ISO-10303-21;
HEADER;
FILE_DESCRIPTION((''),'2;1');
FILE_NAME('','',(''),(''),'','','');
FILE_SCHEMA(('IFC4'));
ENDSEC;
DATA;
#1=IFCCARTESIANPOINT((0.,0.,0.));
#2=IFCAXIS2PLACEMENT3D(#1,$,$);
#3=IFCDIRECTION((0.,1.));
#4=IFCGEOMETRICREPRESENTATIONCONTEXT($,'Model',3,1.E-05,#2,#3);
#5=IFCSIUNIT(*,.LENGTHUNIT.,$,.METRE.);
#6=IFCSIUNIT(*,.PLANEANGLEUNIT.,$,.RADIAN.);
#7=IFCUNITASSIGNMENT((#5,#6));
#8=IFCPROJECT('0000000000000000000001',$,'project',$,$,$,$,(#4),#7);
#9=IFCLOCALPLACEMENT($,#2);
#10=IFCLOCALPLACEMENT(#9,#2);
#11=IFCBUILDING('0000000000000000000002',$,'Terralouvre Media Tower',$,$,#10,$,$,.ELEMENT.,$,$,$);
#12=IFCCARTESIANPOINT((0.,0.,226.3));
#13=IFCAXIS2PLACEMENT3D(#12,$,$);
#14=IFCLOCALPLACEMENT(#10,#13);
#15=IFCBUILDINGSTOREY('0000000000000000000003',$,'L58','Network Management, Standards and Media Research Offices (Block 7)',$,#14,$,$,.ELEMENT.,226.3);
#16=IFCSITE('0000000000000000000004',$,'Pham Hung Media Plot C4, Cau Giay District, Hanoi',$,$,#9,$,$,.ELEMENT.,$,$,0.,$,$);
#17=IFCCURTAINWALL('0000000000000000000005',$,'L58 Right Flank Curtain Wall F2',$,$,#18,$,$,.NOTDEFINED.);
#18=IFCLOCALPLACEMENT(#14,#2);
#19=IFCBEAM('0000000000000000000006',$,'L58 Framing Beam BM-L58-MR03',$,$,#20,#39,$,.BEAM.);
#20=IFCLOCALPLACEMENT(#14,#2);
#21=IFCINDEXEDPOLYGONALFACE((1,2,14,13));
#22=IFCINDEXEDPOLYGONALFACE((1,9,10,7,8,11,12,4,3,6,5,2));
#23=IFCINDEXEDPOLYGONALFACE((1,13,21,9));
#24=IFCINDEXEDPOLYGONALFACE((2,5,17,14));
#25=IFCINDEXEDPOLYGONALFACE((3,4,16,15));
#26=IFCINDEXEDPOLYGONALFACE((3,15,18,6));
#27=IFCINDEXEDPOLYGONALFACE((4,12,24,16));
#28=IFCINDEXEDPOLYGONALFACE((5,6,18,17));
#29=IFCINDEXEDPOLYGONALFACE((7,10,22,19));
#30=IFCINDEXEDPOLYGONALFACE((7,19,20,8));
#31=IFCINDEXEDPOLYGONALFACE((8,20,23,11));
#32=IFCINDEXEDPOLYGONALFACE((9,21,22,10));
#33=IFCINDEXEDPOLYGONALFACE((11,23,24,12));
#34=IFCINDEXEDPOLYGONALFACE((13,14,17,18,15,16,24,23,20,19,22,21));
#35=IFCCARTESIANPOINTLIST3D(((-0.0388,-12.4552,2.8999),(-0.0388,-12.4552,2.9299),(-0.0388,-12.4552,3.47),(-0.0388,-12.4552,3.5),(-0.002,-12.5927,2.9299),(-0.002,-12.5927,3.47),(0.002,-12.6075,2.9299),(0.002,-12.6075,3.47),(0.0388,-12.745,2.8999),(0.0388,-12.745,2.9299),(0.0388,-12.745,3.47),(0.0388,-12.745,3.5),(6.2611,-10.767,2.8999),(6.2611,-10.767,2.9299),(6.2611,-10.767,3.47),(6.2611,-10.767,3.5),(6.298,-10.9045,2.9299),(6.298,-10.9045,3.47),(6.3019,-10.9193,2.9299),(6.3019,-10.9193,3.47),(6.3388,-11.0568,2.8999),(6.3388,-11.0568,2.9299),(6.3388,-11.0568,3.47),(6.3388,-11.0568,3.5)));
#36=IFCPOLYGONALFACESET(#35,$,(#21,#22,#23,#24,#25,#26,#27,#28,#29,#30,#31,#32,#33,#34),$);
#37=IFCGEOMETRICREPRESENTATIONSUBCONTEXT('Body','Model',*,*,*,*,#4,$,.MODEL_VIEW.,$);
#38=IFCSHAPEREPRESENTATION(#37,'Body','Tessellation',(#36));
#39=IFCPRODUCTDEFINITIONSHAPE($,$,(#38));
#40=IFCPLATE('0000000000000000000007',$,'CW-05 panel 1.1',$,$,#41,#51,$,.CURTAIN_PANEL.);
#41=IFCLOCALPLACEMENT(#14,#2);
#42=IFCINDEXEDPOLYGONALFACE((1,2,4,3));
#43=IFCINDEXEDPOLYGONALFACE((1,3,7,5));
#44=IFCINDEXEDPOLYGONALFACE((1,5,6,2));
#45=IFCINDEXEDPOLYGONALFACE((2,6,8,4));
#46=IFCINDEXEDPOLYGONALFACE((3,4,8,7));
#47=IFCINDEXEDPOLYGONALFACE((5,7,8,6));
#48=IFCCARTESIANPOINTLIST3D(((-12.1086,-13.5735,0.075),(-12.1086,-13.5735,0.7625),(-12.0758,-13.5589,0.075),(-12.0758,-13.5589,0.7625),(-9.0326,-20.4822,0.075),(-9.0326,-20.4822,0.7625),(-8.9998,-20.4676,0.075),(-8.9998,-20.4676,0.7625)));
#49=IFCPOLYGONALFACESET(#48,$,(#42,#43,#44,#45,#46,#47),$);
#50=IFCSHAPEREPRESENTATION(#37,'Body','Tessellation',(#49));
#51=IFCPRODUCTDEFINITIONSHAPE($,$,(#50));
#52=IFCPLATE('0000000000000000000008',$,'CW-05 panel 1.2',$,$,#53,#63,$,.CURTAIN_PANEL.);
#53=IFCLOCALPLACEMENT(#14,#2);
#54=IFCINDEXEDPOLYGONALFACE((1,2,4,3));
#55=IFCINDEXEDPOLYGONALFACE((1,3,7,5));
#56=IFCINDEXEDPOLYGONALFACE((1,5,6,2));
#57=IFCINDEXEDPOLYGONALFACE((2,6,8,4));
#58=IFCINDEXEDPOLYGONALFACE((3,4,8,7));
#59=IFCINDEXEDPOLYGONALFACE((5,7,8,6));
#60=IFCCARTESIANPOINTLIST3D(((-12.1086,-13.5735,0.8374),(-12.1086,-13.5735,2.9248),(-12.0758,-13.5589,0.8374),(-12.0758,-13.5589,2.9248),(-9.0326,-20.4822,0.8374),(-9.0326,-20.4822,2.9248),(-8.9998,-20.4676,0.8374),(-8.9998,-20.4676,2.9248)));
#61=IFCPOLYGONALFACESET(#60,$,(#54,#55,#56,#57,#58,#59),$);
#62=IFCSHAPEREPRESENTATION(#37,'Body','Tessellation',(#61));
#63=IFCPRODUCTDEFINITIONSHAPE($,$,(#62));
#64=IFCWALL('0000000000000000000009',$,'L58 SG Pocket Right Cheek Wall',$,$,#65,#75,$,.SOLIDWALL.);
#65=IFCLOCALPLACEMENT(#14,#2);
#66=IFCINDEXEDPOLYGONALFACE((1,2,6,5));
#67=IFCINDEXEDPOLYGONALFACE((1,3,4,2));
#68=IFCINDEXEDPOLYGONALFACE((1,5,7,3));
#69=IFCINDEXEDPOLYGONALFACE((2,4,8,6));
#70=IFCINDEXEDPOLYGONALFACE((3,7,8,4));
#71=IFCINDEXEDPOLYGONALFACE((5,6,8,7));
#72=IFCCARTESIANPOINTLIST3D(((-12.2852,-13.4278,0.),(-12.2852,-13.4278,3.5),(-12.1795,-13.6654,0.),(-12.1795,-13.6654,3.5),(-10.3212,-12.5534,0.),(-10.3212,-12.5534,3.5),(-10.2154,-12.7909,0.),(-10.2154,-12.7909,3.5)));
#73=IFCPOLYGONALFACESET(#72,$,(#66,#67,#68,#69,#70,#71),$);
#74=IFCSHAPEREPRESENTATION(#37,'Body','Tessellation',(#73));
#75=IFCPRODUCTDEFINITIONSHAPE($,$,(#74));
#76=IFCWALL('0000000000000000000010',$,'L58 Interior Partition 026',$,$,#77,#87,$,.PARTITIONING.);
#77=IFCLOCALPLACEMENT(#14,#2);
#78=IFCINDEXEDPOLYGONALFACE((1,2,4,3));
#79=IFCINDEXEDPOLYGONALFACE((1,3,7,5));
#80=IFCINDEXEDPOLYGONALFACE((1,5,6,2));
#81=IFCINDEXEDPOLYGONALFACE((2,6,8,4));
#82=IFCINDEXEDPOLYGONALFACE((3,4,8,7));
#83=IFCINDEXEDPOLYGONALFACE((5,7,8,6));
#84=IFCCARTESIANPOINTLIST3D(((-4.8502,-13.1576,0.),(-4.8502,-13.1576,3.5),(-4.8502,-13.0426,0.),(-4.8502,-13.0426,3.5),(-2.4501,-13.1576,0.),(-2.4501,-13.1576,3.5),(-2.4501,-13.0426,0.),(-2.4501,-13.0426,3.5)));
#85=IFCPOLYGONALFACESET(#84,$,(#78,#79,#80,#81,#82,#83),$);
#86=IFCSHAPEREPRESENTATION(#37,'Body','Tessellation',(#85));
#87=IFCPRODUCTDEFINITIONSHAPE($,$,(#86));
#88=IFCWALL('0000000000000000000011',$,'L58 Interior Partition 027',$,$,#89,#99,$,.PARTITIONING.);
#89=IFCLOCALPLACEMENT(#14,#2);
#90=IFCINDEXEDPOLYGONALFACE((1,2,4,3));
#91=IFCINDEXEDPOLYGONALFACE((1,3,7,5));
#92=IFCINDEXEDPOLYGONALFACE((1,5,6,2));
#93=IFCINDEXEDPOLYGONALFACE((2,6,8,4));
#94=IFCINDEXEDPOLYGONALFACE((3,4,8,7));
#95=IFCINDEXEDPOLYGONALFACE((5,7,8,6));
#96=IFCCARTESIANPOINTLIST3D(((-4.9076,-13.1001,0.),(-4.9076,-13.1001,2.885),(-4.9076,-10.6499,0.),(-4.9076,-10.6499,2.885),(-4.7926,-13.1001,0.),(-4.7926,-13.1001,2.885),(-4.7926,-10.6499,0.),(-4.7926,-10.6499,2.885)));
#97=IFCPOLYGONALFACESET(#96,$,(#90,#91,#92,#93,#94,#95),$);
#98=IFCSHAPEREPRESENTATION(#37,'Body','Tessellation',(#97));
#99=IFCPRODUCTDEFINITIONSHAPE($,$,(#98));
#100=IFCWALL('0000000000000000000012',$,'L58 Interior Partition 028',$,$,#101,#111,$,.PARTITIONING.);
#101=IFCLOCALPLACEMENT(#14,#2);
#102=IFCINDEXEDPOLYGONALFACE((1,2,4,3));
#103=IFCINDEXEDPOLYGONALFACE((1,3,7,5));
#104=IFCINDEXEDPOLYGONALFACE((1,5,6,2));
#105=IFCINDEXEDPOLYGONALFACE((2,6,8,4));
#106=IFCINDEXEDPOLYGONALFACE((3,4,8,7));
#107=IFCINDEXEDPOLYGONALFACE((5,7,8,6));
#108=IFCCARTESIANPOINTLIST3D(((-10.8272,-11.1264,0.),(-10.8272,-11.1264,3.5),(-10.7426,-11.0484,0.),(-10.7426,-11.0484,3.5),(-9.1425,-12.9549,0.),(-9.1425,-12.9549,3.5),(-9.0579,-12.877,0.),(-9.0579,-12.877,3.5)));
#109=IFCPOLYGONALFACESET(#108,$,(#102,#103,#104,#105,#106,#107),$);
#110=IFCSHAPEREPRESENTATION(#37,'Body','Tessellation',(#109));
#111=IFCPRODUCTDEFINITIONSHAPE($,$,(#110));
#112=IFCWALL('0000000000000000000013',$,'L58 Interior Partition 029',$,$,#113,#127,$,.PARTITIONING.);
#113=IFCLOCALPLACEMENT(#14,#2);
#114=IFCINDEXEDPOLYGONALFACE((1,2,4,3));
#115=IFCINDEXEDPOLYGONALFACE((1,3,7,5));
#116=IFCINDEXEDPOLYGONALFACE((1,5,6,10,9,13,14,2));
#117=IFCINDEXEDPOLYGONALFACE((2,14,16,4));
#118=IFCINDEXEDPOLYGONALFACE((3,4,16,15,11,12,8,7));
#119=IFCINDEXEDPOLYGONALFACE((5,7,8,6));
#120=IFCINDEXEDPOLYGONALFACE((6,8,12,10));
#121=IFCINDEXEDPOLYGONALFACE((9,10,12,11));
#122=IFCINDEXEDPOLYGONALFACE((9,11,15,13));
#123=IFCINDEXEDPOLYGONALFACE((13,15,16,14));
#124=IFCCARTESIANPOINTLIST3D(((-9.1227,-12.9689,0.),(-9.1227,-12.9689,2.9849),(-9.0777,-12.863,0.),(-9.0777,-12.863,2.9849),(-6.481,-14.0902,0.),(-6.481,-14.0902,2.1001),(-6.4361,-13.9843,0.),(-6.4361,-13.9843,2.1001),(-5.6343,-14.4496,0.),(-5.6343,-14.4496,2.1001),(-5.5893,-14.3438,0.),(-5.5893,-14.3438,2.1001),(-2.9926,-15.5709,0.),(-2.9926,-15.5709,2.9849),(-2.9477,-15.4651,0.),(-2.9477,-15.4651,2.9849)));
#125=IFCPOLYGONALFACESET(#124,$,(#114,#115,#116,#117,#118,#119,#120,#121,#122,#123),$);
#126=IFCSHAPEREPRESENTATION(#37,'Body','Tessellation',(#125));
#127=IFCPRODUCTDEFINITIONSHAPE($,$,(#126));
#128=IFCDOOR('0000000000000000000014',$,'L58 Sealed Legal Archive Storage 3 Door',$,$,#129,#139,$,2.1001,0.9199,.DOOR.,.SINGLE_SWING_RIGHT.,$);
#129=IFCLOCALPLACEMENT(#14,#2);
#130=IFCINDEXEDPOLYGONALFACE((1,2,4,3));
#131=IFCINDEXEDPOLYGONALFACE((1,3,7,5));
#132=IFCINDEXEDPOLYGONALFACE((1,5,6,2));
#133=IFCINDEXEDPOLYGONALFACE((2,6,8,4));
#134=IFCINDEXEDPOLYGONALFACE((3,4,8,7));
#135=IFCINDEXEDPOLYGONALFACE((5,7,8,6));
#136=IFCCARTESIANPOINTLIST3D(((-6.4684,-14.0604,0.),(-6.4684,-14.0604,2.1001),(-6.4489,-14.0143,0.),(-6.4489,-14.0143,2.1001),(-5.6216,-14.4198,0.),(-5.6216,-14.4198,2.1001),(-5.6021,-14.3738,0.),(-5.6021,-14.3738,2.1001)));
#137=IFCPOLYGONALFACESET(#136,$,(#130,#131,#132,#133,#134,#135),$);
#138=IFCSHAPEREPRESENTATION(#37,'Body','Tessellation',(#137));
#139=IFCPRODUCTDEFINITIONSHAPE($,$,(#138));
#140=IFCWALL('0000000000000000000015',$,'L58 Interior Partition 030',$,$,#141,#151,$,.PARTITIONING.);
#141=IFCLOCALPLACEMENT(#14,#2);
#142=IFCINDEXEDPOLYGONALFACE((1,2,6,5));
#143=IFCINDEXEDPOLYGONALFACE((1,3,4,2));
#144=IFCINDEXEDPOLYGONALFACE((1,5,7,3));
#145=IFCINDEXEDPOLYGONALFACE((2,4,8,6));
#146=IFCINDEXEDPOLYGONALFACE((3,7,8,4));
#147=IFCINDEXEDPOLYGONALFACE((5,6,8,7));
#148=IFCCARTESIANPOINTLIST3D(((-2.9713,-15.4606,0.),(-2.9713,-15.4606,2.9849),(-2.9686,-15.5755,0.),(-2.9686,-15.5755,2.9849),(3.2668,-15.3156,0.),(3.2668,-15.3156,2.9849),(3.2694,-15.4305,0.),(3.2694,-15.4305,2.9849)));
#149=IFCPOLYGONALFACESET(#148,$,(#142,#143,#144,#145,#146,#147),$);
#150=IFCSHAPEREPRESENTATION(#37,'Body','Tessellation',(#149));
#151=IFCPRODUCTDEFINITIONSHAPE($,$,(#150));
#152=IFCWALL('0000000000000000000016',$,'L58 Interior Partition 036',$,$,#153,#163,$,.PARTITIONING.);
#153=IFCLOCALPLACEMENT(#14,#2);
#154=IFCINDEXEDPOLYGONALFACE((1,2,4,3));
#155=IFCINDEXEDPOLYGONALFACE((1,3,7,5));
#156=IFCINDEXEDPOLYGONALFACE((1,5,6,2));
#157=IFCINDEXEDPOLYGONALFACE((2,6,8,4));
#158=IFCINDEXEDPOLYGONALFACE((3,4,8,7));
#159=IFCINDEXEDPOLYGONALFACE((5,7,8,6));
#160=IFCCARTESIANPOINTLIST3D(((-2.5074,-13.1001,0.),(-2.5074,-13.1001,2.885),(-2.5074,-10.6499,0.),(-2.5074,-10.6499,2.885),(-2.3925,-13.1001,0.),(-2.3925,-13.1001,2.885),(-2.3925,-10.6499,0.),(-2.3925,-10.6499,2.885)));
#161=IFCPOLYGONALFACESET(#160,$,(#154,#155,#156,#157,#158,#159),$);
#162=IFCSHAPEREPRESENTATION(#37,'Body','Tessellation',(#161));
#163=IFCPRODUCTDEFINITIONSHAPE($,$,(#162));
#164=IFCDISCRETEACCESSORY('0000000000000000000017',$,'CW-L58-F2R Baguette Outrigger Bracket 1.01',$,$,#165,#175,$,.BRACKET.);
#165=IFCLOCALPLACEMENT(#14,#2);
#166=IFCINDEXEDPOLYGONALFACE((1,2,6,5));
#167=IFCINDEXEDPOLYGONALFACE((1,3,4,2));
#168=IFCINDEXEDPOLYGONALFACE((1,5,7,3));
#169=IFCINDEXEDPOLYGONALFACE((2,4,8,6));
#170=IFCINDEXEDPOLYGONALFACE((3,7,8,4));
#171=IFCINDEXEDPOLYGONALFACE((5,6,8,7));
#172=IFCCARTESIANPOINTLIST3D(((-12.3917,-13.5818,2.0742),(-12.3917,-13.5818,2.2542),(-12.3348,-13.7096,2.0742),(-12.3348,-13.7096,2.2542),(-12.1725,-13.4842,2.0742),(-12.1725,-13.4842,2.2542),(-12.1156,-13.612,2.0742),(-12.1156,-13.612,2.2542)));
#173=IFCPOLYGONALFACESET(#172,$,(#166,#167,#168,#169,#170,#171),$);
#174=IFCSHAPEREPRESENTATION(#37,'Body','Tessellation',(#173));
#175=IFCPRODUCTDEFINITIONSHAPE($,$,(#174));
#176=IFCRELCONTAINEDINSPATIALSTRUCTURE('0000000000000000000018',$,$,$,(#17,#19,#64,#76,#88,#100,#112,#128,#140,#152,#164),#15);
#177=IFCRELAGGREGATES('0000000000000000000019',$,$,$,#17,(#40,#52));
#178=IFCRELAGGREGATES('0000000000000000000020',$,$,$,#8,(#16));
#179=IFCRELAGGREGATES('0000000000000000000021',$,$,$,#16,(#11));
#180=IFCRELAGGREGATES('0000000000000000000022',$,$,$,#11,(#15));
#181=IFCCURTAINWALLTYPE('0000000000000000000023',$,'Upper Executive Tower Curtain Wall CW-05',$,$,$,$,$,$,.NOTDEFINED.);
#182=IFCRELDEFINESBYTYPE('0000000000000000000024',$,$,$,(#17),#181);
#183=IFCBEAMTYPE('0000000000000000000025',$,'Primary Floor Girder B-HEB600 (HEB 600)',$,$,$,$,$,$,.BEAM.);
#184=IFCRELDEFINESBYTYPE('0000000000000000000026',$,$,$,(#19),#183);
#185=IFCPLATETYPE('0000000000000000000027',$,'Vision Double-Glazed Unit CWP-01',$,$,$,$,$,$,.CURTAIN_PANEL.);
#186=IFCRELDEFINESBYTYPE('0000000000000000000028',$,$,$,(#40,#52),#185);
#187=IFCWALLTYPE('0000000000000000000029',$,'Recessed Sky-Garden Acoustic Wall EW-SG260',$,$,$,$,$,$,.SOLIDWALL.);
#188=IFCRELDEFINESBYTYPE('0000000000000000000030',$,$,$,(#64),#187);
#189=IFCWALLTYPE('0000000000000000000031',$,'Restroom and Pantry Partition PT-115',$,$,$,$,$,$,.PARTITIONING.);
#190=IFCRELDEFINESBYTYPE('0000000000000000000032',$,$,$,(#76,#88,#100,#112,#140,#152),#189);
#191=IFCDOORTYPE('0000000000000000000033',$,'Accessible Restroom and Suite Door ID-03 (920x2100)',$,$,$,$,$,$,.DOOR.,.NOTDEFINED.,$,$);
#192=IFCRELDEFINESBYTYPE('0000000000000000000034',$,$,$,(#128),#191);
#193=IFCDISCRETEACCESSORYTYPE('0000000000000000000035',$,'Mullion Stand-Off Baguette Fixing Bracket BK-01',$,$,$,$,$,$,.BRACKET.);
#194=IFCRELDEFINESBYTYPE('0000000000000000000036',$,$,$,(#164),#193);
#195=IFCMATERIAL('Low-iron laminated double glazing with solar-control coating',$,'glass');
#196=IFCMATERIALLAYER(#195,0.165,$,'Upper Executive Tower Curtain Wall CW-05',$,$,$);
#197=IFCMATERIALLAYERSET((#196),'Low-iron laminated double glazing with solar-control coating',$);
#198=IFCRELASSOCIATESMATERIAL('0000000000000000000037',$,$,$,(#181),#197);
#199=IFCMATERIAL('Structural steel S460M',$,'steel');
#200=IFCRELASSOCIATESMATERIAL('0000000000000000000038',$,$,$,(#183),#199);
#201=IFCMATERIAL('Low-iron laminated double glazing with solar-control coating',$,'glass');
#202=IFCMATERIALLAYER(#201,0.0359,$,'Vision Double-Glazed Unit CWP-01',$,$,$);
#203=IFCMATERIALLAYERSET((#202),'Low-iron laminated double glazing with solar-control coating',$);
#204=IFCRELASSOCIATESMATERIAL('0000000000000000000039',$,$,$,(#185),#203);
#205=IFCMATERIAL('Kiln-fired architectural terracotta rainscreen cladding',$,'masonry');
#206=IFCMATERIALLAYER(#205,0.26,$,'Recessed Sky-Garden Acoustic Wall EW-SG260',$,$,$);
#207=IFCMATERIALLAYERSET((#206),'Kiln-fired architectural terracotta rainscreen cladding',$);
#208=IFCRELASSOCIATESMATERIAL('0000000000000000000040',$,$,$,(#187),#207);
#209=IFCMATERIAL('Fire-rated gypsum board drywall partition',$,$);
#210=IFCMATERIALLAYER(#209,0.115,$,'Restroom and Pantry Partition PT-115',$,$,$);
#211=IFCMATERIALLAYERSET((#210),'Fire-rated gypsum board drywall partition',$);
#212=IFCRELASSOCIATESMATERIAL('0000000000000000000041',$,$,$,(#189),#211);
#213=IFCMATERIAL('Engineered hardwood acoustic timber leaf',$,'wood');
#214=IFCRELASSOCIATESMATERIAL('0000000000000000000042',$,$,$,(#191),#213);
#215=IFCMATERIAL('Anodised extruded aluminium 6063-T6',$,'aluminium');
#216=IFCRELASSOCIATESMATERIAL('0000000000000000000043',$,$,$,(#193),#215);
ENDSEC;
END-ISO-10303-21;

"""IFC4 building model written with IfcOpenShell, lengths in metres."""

from ifc_helpers import new_model, si_unit, direction, frame, frame_2d, origin, origin_2d, place, context, subcontext, project, spatial, rectangle, i_section, extrude, material, layer, layer_set, material_profile, profile_set, type_object, element, fill, aggregate, save


model = new_model("IFC4")

# Units and contexts
model_context = context("Model", 3, precision=1e-05, world=origin(), true_north=direction((0.0, 1.0)))
body_context = subcontext(model_context, "Body", "Model", "MODEL_VIEW")
ifc_project = project(units=[si_unit("LENGTHUNIT", "METRE"), si_unit("PLANEANGLEUNIT", "RADIAN")], contexts=[model_context])

# Site, building, storey
site_placement = place(None, origin())
site = spatial("IfcSite", under=ifc_project, at=site_placement, Name="Pham Hung Media Plot C4, Cau Giay District, Hanoi", CompositionType="ELEMENT", RefElevation=0.0)
building_placement = place(site_placement, origin())
building = spatial("IfcBuilding", under=site, at=building_placement, Name="Terralouvre Media Tower", CompositionType="ELEMENT")
storey_placement = place(building_placement, frame((0.0, 0.0, 226.3)))
storey = spatial("IfcBuildingStorey", under=building, at=storey_placement, Name="L58", Description="Network Management, Standards and Media Research Offices (Block 7)", CompositionType="ELEMENT", Elevation=226.3)

# Curtain wall
ifc_material_1 = material(Name="Low-iron laminated double glazing with solar-control coating", Category="glass")
ifc_layer_1 = layer(ifc_material_1, 0.165, Name="Upper Executive Tower Curtain Wall CW-05")
ifc_layer_set_1 = layer_set([ifc_layer_1], Name="Low-iron laminated double glazing with solar-control coating")
curtain_wall_type = type_object("IfcCurtainWallType", Name="Upper Executive Tower Curtain Wall CW-05", PredefinedType="NOTDEFINED", material=ifc_layer_set_1)
curtain_wall_placement = place(storey_placement, origin())
curtain_wall = element("IfcCurtainWall", 1, at=curtain_wall_placement, inside=storey, type_object=curtain_wall_type, Name="L58 Right Flank Curtain Wall F2", PredefinedType="NOTDEFINED")

# Beam
ifc_material_2 = material(Name="Structural steel S460M", Category="steel")
ifc_material_profile_1 = material_profile(ifc_material_2, i_section(OverallWidth=0.3, OverallDepth=0.6001, WebThickness=0.0154, FlangeThickness=0.03, at=origin_2d()), Name="HEB 600")
ifc_profile_set_1 = profile_set([ifc_material_profile_1], Name="Structural steel S460M")
beam_type_1 = type_object("IfcBeamType", Name="Primary Floor Girder B-HEB600 (HEB 600)", PredefinedType="BEAM", material=ifc_profile_set_1)
for number, where, z_axis, x_axis, name in (
    (2, (0.0, -12.6001, 3.2), (0.96592, 0.258839, 0.0), (-0.258839, 0.96592, 0.0), "L58 Framing Beam BM-L58-MR03"),
):
    element("IfcBeam", number, at=place(storey_placement, frame(where, z_axis=z_axis, x_axis=x_axis)), inside=storey, type_object=beam_type_1, Name=name, PredefinedType="BEAM", context=body_context, shape_type="SweptSolid", body=[
        extrude(i_section(OverallWidth=0.3, OverallDepth=0.6001, WebThickness=0.0154, FlangeThickness=0.03, at=origin_2d()), origin(), (0.0, 0.0, 1.0), 6.5222),
    ])

# Plates
ifc_material_3 = material(Name="Low-iron laminated double glazing with solar-control coating", Category="glass")
ifc_layer_2 = layer(ifc_material_3, 0.0359, Name="Vision Double-Glazed Unit CWP-01")
ifc_layer_set_2 = layer_set([ifc_layer_2], Name="Low-iron laminated double glazing with solar-control coating")
plate_type = type_object("IfcPlateType", Name="Vision Double-Glazed Unit CWP-01", PredefinedType="CURTAIN_PANEL", material=ifc_layer_set_2)
plate_1_placement = place(storey_placement, frame((-10.5542, -17.0205, 0.075), z_axis=(0.0, 0.0, 1.0), x_axis=(0.406736, -0.913546, 0.0)))
plate_1 = element("IfcPlate", 3, at=plate_1_placement, type_object=plate_type, Name="CW-05 panel 1.1", PredefinedType="CURTAIN_PANEL", context=body_context, shape_type="SweptSolid", body=[
    extrude(rectangle(XDim=7.5625, YDim=0.0359, at=origin_2d()), origin(), (0.0, 0.0, 1.0), 0.6875),
])
plate_2_placement = place(storey_placement, frame((-10.5542, -17.0205, 0.8374), z_axis=(0.0, 0.0, 1.0), x_axis=(0.406736, -0.913546, 0.0)))
plate_2 = element("IfcPlate", 4, at=plate_2_placement, type_object=plate_type, Name="CW-05 panel 1.2", PredefinedType="CURTAIN_PANEL", context=body_context, shape_type="SweptSolid", body=[
    extrude(rectangle(XDim=7.5625, YDim=0.0359, at=origin_2d()), origin(), (0.0, 0.0, 1.0), 2.0874),
])
aggregate(curtain_wall, [plate_1, plate_2])

# Walls
ifc_material_4 = material(Name="Kiln-fired architectural terracotta rainscreen cladding", Category="masonry")
ifc_layer_3 = layer(ifc_material_4, 0.26, Name="Recessed Sky-Garden Acoustic Wall EW-SG260")
ifc_layer_set_3 = layer_set([ifc_layer_3], Name="Kiln-fired architectural terracotta rainscreen cladding")
wall_type_1 = type_object("IfcWallType", Name="Recessed Sky-Garden Acoustic Wall EW-SG260", PredefinedType="SOLIDWALL", material=ifc_layer_set_3)
wall_1_placement = place(storey_placement, frame((-10.2683, -12.6721, 0.0), z_axis=(0.0, 0.0, 1.0), x_axis=(-0.91354, -0.406749, 0.0)))
element("IfcWall", 5, at=wall_1_placement, inside=storey, type_object=wall_type_1, Name="L58 SG Pocket Right Cheek Wall", PredefinedType="SOLIDWALL", context=body_context, shape_type="SweptSolid", body=[
    extrude(rectangle(XDim=2.1499, YDim=0.26, at=frame_2d((1.075, 0.0))), origin(), (0.0, 0.0, 1.0), 3.5),
])
ifc_material_5 = material(Name="Fire-rated gypsum board drywall partition")
ifc_layer_4 = layer(ifc_material_5, 0.115, Name="Restroom and Pantry Partition PT-115")
ifc_layer_set_4 = layer_set([ifc_layer_4], Name="Fire-rated gypsum board drywall partition")
wall_type_2 = type_object("IfcWallType", Name="Restroom and Pantry Partition PT-115", PredefinedType="PARTITIONING", material=ifc_layer_set_4)
wall_2_placement = place(storey_placement, frame((-2.45, -13.1001, 0.0), z_axis=(0.0, 0.0, 1.0), x_axis=(-1.0, 0.0, 0.0)))
element("IfcWall", 6, at=wall_2_placement, inside=storey, type_object=wall_type_2, Name="L58 Interior Partition 026", PredefinedType="PARTITIONING", context=body_context, shape_type="SweptSolid", body=[
    extrude(rectangle(XDim=2.4001, YDim=0.115, at=frame_2d((1.2002, 0.0))), origin(), (0.0, 0.0, 1.0), 3.5),
])
wall_3_placement = place(storey_placement, frame((-4.8501, -13.1001, 0.0), z_axis=(0.0, 0.0, 1.0), x_axis=(0.0, 1.0, 0.0)))
element("IfcWall", 7, at=wall_3_placement, inside=storey, type_object=wall_type_2, Name="L58 Interior Partition 027", PredefinedType="PARTITIONING", context=body_context, shape_type="SweptSolid", body=[
    extrude(rectangle(XDim=2.4502, YDim=0.115, at=frame_2d((1.2251, 0.0))), origin(), (0.0, 0.0, 1.0), 2.885),
])
wall_4_placement = place(storey_placement, frame((-10.7849, -11.0874, 0.0), z_axis=(0.0, 0.0, 1.0), x_axis=(0.677599, -0.735432, 0.0)))
element("IfcWall", 8, at=wall_4_placement, inside=storey, type_object=wall_type_2, Name="L58 Interior Partition 028", PredefinedType="PARTITIONING", context=body_context, shape_type="SweptSolid", body=[
    extrude(rectangle(XDim=2.4863, YDim=0.115, at=frame_2d((1.2432, 0.0))), origin(), (0.0, 0.0, 1.0), 3.5),
])

# Wall, opening, door
wall_5_placement = place(storey_placement, frame((-9.1001, -12.916, 0.0), z_axis=(0.0, 0.0, 1.0), x_axis=(0.920507, -0.390727, 0.0)))
wall_5 = element("IfcWall", 9, at=wall_5_placement, inside=storey, type_object=wall_type_2, Name="L58 Interior Partition 029", PredefinedType="PARTITIONING", context=body_context, shape_type="SweptSolid", body=[
    extrude(rectangle(XDim=6.6594, YDim=0.115, at=frame_2d((3.3296, 0.0))), origin(), (0.0, 0.0, 1.0), 2.9849),
])
opening_placement = place(wall_5_placement, frame((2.8696, 0.0, 0.0)))
opening = element("IfcOpeningElement", 10, at=opening_placement, cuts=wall_5, PredefinedType="OPENING", context=body_context, shape_type="SweptSolid", body=[
    extrude(rectangle(XDim=0.9199, YDim=2.1001, at=frame_2d((0.46, 1.05))), frame((0.0, 0.0674, 0.0), z_axis=(0.0, -1.0, 0.0), x_axis=(1.0, 0.0, 0.0)), (0.0, 0.0, 1.0), 0.135),
])
ifc_material_6 = material(Name="Engineered hardwood acoustic timber leaf", Category="wood")
door_type = type_object("IfcDoorType", Name="Accessible Restroom and Suite Door ID-03 (920x2100)", OperationType="NOTDEFINED", PredefinedType="DOOR", material=ifc_material_6)
door_placement = place(opening_placement, origin())
door = element("IfcDoor", 11, at=door_placement, inside=storey, type_object=door_type, Name="L58 Sealed Legal Archive Storage 3 Door", OperationType="SINGLE_SWING_RIGHT", OverallHeight=2.1001, OverallWidth=0.9199, PredefinedType="DOOR", context=body_context, shape_type="SweptSolid", body=[
    extrude(rectangle(XDim=0.9199, YDim=2.1001, at=frame_2d((0.46, 1.05))), frame((0.0, 0.0249, 0.0), z_axis=(0.0, -1.0, 0.0), x_axis=(1.0, 0.0, 0.0)), (0.0, 0.0, 1.0), 0.05),
])
fill(opening, door)

# Walls
wall_6_placement = place(storey_placement, frame((-2.97, -15.5181, 0.0), z_axis=(0.0, 0.0, 1.0), x_axis=(0.99973, 0.023241, 0.0)))
element("IfcWall", 12, at=wall_6_placement, inside=storey, type_object=wall_type_2, Name="L58 Interior Partition 030", PredefinedType="PARTITIONING", context=body_context, shape_type="SweptSolid", body=[
    extrude(rectangle(XDim=6.2397, YDim=0.115, at=frame_2d((3.1199, 0.0))), origin(), (0.0, 0.0, 1.0), 2.9849),
])
wall_7_placement = place(storey_placement, frame((-2.45, -13.1001, 0.0), z_axis=(0.0, 0.0, 1.0), x_axis=(0.0, 1.0, 0.0)))
element("IfcWall", 13, at=wall_7_placement, inside=storey, type_object=wall_type_2, Name="L58 Interior Partition 036", PredefinedType="PARTITIONING", context=body_context, shape_type="SweptSolid", body=[
    extrude(rectangle(XDim=2.4502, YDim=0.115, at=frame_2d((1.2251, 0.0))), origin(), (0.0, 0.0, 1.0), 2.885),
])

# Discrete accessory
ifc_material_7 = material(Name="Anodised extruded aluminium 6063-T6", Category="aluminium")
discrete_accessory_type = type_object("IfcDiscreteAccessoryType", Name="Mullion Stand-Off Baguette Fixing Bracket BK-01", PredefinedType="BRACKET", material=ifc_material_7)
discrete_accessory_placement = place(storey_placement, frame((-12.2537, -13.5969, 2.0742), z_axis=(0.0, 0.0, 1.0), x_axis=(0.406736, -0.913546, 0.0)))
element("IfcDiscreteAccessory", 14, at=discrete_accessory_placement, inside=storey, type_object=discrete_accessory_type, Name="CW-L58-F2R Baguette Outrigger Bracket 1.01", PredefinedType="BRACKET", context=body_context, shape_type="SweptSolid", body=[
    extrude(rectangle(XDim=0.1399, YDim=0.24, at=origin_2d()), origin(), (0.0, 0.0, 1.0), 0.1799),
])

save(model, "model.ifc")
